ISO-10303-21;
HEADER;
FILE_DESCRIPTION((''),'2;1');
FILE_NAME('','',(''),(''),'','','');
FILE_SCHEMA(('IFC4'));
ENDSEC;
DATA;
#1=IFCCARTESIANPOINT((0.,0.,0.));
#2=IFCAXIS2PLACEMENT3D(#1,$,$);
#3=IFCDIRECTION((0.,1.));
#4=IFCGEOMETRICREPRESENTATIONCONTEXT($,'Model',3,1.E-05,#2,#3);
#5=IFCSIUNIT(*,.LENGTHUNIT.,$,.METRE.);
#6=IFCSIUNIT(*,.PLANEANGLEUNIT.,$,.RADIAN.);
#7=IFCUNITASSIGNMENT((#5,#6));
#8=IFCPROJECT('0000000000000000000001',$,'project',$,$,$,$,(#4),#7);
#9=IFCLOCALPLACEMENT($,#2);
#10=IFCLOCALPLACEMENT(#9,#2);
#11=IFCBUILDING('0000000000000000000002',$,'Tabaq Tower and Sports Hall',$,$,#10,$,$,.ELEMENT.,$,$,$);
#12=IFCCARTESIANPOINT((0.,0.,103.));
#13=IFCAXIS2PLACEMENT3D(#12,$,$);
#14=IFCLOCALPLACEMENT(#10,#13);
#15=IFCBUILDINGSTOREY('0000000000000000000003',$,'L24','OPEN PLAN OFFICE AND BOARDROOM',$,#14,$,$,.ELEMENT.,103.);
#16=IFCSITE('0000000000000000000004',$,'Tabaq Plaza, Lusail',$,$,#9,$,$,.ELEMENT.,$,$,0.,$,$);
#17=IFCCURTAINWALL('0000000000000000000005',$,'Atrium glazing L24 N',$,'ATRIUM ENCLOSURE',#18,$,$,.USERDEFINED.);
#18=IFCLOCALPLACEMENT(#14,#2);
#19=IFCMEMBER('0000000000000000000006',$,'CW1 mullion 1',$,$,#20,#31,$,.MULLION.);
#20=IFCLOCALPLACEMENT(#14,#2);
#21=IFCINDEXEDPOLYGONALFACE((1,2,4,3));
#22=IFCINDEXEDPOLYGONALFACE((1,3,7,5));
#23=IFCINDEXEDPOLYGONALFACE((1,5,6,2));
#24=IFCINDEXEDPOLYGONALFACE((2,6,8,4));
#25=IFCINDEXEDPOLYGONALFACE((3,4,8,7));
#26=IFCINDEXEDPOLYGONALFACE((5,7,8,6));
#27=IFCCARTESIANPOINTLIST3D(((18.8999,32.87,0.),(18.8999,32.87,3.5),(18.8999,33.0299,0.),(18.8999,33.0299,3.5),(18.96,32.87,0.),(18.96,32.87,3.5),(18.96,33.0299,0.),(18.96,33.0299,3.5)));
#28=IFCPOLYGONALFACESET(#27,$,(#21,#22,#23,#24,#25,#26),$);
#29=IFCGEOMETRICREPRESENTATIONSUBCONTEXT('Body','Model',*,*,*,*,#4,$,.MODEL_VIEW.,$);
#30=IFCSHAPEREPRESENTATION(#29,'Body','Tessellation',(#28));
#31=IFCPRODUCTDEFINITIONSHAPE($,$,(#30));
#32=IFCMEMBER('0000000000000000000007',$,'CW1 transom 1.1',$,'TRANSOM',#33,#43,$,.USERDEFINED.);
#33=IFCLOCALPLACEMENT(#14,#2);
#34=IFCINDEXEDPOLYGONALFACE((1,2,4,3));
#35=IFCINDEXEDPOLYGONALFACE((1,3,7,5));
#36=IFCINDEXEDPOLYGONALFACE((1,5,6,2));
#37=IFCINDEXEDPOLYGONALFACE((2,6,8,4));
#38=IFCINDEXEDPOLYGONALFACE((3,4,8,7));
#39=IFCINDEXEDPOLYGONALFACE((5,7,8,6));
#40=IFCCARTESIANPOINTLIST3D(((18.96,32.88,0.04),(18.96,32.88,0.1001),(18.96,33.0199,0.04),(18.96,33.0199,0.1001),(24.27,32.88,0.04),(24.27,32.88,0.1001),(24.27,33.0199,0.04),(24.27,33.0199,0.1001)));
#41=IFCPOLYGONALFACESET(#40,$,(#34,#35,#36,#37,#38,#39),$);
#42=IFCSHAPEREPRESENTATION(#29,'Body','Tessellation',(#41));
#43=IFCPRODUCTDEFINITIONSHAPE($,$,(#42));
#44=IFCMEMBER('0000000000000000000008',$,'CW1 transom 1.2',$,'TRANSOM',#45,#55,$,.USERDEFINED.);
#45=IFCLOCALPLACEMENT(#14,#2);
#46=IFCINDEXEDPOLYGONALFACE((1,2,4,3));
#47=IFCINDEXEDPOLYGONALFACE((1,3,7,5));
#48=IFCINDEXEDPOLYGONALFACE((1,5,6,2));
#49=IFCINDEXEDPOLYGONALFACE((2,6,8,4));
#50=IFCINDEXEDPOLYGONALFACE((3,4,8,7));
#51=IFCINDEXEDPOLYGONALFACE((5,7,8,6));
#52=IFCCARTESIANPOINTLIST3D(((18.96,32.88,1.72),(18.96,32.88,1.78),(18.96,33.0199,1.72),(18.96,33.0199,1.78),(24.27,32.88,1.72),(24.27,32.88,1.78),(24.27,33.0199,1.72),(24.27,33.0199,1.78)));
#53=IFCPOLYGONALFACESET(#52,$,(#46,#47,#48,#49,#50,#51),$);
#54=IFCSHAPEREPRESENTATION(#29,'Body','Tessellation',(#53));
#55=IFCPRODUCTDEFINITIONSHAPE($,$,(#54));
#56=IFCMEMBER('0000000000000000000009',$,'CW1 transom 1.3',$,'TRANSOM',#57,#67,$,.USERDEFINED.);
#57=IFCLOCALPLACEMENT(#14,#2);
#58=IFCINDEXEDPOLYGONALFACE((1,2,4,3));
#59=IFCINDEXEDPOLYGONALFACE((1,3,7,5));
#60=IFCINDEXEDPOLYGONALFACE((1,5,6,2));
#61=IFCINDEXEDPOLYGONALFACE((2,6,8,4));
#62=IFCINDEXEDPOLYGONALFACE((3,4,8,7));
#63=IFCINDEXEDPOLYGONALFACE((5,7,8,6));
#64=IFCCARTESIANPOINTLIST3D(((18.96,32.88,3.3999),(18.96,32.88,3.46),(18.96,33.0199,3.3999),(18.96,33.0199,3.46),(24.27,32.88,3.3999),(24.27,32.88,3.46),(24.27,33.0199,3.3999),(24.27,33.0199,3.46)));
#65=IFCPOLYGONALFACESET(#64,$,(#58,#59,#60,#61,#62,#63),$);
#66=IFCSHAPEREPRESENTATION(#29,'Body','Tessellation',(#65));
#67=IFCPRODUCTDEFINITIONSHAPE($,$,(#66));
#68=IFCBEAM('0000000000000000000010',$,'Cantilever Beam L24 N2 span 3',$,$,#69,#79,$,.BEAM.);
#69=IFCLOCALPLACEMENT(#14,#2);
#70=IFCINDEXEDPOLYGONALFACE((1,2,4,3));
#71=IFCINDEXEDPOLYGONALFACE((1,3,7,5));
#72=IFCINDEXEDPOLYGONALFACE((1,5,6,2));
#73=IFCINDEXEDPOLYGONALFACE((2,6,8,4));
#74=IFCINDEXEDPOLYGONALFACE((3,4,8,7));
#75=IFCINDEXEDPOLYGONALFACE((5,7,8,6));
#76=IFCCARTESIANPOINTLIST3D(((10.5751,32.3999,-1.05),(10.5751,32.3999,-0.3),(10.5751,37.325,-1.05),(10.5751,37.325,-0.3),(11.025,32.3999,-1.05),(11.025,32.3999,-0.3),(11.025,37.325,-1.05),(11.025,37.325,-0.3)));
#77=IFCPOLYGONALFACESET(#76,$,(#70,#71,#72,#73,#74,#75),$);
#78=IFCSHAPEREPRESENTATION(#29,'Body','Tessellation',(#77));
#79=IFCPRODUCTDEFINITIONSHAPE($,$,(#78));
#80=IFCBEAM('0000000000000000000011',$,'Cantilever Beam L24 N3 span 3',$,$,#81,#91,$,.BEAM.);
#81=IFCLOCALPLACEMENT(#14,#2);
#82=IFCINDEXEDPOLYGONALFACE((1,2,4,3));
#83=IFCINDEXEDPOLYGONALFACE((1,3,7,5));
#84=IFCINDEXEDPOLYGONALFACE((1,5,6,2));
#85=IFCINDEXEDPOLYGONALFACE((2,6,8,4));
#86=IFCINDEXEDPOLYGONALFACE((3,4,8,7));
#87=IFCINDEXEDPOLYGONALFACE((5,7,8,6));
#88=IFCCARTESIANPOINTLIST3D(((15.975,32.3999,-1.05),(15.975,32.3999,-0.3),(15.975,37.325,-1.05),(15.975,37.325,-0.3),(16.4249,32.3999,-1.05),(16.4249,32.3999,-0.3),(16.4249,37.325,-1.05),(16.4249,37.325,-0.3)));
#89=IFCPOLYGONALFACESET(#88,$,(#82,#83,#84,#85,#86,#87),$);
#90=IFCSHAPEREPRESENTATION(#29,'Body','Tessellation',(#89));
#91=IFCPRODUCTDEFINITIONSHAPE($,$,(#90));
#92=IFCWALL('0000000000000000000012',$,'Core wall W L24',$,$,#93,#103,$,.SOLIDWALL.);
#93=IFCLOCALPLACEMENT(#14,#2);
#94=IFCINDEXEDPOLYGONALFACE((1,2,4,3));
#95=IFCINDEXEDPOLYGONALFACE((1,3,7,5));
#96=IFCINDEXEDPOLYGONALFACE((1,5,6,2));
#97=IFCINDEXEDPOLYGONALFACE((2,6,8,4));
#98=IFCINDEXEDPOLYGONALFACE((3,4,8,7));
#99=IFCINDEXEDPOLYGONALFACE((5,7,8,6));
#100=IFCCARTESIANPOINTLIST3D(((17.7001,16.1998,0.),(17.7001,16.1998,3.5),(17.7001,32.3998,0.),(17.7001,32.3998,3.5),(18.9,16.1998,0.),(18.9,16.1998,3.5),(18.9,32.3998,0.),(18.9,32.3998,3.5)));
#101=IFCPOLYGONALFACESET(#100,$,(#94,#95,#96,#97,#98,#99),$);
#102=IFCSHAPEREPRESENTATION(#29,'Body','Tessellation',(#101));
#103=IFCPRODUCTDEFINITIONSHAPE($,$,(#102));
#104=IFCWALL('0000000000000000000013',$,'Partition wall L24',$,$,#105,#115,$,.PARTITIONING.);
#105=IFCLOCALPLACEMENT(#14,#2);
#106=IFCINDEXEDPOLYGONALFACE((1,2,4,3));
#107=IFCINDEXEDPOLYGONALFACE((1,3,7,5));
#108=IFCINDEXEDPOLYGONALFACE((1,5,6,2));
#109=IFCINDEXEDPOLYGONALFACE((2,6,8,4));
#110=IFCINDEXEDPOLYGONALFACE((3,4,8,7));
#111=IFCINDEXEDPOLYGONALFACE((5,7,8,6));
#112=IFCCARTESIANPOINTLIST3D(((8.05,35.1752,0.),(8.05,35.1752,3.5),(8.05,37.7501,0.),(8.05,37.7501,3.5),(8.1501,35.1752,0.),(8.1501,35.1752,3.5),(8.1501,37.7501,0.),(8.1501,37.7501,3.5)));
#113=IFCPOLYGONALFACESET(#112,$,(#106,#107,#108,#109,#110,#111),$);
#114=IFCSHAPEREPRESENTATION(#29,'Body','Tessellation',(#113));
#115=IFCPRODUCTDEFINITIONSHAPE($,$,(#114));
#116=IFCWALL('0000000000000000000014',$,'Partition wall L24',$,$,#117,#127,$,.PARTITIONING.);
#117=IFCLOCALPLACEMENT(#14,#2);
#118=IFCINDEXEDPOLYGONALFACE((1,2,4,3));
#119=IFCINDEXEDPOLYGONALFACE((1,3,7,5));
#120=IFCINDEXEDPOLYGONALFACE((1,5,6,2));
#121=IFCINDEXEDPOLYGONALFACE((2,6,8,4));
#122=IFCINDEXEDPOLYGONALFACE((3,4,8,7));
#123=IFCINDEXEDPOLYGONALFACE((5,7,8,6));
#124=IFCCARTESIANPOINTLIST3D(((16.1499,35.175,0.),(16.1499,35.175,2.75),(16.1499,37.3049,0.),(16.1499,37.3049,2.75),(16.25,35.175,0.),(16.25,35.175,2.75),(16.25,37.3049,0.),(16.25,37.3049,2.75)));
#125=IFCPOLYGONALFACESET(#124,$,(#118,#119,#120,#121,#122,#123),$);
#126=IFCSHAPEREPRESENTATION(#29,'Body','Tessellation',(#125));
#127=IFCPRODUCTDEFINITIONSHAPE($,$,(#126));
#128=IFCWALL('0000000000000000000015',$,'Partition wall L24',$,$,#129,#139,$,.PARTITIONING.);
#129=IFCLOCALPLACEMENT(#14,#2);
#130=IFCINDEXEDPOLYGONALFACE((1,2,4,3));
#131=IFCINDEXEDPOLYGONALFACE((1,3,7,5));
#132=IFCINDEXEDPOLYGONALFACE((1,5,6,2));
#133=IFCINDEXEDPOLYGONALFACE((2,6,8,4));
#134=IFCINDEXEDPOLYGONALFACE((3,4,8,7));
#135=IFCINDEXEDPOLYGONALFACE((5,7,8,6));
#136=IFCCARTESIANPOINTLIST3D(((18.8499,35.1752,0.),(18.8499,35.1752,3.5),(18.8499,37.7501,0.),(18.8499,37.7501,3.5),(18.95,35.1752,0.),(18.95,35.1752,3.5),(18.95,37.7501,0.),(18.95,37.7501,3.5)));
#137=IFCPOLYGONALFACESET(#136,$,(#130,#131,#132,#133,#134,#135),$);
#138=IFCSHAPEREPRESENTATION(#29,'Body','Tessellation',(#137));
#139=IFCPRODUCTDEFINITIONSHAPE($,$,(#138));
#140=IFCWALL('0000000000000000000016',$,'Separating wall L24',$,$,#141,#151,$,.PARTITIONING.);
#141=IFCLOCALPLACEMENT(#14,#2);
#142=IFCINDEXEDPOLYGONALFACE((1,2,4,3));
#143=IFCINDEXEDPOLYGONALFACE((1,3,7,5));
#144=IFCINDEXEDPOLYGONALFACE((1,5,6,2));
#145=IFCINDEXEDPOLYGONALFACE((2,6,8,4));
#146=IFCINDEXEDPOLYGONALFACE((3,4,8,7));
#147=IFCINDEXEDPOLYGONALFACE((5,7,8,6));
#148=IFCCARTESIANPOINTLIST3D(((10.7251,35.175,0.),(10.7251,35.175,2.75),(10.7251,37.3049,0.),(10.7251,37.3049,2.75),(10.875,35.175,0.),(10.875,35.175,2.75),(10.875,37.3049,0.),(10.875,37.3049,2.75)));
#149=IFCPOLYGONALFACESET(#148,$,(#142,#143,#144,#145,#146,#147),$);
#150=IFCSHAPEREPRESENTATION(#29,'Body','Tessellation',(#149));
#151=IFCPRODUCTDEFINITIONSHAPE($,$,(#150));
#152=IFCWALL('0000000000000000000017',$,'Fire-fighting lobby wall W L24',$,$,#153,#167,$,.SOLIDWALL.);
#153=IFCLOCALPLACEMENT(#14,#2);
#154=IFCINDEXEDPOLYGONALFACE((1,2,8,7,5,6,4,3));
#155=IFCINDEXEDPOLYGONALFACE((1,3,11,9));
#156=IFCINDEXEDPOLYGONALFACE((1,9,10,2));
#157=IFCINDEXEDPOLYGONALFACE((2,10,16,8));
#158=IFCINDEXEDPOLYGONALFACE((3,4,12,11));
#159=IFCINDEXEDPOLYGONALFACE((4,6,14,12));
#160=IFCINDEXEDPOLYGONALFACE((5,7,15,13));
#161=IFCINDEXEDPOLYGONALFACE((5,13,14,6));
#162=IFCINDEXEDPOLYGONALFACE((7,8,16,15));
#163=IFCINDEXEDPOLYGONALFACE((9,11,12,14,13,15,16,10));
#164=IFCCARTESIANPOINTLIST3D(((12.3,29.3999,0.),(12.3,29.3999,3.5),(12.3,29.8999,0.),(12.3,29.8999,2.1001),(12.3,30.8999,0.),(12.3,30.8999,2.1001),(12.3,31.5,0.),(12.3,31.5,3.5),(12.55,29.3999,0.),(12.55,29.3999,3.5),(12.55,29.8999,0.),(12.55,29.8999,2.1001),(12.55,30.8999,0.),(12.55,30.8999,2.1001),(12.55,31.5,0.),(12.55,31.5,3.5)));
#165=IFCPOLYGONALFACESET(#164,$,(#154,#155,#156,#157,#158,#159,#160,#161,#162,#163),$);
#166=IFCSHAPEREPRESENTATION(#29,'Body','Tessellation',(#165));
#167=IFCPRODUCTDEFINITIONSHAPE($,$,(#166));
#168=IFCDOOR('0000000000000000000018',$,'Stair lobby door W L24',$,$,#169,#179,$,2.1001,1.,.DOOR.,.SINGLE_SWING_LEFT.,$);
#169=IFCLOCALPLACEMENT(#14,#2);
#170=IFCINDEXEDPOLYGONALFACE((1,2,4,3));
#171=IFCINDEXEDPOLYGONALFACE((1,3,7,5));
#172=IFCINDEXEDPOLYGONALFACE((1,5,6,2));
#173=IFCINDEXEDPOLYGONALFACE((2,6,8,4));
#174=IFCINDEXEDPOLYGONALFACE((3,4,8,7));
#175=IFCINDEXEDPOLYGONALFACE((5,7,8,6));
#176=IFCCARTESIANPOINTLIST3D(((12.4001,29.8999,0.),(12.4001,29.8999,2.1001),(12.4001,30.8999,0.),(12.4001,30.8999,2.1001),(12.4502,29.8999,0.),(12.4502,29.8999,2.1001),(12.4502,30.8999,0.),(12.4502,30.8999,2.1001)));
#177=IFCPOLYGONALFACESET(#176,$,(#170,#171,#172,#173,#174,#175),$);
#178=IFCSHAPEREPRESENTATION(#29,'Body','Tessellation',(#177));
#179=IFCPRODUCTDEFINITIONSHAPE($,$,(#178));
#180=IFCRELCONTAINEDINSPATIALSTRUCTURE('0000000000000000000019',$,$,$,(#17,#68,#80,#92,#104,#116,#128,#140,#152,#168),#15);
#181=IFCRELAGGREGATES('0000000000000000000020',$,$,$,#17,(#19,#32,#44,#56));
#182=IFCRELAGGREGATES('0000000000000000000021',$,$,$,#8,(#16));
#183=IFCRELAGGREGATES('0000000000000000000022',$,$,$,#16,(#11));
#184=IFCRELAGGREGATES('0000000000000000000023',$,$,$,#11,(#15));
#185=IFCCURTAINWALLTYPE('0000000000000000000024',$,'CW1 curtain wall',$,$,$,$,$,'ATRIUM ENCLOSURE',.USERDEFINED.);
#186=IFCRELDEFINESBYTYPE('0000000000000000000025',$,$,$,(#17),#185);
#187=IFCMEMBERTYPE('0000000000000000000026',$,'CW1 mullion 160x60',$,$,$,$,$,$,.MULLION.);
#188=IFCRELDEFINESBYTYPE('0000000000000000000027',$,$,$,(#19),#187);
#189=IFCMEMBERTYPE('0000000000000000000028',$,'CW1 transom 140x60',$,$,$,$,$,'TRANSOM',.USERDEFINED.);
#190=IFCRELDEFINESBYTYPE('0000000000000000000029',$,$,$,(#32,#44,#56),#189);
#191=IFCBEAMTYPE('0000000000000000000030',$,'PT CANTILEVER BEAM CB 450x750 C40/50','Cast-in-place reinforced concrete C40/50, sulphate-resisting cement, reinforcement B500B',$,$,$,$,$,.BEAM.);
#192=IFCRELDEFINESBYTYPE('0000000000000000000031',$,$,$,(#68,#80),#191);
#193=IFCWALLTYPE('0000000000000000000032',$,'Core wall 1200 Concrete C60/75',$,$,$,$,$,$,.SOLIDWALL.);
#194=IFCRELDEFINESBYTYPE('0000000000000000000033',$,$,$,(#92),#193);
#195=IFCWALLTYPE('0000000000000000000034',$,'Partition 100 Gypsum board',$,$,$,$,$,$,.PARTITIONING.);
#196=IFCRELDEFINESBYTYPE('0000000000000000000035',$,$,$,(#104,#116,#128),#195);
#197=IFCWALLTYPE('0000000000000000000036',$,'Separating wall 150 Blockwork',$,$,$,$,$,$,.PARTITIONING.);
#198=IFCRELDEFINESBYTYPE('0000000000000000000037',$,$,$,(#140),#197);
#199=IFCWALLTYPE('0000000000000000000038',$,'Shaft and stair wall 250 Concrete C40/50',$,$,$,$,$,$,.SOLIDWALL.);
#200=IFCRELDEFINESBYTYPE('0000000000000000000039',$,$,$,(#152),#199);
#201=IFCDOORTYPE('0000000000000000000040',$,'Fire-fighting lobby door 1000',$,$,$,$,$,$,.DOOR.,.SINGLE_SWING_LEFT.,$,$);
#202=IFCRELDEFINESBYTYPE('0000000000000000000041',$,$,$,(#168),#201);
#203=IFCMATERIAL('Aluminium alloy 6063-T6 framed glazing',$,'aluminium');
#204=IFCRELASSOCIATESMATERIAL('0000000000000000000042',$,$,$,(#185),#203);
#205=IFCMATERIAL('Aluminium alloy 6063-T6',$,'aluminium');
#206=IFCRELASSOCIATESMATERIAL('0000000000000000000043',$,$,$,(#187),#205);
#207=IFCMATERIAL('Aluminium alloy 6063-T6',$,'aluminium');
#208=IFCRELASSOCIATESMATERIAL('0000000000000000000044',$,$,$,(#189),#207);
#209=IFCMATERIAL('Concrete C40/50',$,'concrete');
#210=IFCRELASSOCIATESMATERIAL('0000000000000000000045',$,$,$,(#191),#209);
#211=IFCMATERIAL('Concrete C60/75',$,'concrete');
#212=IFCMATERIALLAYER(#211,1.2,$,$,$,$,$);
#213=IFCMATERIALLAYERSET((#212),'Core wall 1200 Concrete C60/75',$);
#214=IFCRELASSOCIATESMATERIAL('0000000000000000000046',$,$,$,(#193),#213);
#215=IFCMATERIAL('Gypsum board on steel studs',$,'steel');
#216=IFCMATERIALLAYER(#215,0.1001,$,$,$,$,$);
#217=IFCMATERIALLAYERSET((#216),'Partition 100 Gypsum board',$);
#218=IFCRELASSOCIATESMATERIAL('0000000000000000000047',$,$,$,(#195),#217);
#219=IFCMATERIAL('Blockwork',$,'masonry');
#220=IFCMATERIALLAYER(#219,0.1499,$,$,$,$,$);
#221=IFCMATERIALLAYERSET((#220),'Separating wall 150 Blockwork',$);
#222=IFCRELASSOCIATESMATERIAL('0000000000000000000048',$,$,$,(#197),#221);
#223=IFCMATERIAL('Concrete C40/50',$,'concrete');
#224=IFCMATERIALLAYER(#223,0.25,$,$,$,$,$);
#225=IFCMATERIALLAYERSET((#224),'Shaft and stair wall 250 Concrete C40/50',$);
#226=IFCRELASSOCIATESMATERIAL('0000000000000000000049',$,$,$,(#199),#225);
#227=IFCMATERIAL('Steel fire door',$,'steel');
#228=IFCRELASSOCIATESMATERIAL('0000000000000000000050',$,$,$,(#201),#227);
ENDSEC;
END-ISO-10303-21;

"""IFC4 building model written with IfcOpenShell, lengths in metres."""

from ifc_helpers import new_model, si_unit, direction, frame, frame_2d, origin, origin_2d, place, context, subcontext, project, spatial, rectangle, extrude, material, layer, layer_set, material_profile, profile_set, type_object, element, fill, aggregate, save


model = new_model("IFC4")

# Units and contexts
model_context = context("Model", 3, precision=1e-05, world=origin(), true_north=direction((0.0, 1.0)))
body_context = subcontext(model_context, "Body", "Model", "MODEL_VIEW")
ifc_project = project(units=[si_unit("LENGTHUNIT", "METRE"), si_unit("PLANEANGLEUNIT", "RADIAN")], contexts=[model_context])

# Site, building, storey
site_placement = place(None, origin())
site = spatial("IfcSite", under=ifc_project, at=site_placement, Name="Tabaq Plaza, Lusail", CompositionType="ELEMENT", RefElevation=0.0)
building_placement = place(site_placement, origin())
building = spatial("IfcBuilding", under=site, at=building_placement, Name="Tabaq Tower and Sports Hall", CompositionType="ELEMENT")
storey_placement = place(building_placement, frame((0.0, 0.0, 103.0)))
storey = spatial("IfcBuildingStorey", under=building, at=storey_placement, Name="L24", Description="OPEN PLAN OFFICE AND BOARDROOM", CompositionType="ELEMENT", Elevation=103.0)

# Curtain wall, members
ifc_material_1 = material(Name="Aluminium alloy 6063-T6 framed glazing", Category="aluminium")
curtain_wall_type = type_object("IfcCurtainWallType", Name="CW1 curtain wall", ElementType="ATRIUM ENCLOSURE", PredefinedType="USERDEFINED", material=ifc_material_1)
curtain_wall_placement = place(storey_placement, origin())
curtain_wall = element("IfcCurtainWall", 1, at=curtain_wall_placement, inside=storey, type_object=curtain_wall_type, Name="Atrium glazing L24 N", ObjectType="ATRIUM ENCLOSURE", PredefinedType="USERDEFINED")
ifc_material_2 = material(Name="Aluminium alloy 6063-T6", Category="aluminium")
ifc_material_profile_1 = material_profile(ifc_material_2, rectangle(XDim=0.1599, YDim=0.0601, at=origin_2d()), Name="MULLION 160x60")
ifc_profile_set_1 = profile_set([ifc_material_profile_1], Name="Aluminium alloy 6063-T6")
member_type_1 = type_object("IfcMemberType", Name="CW1 mullion 160x60", PredefinedType="MULLION", material=ifc_profile_set_1)
member_1_placement = place(storey_placement, frame((18.9299, 32.95, 0.0), z_axis=(0.0, 0.0, 1.0), x_axis=(0.0, 1.0, 0.0)))
member_1 = element("IfcMember", 2, at=member_1_placement, type_object=member_type_1, Name="CW1 mullion 1", PredefinedType="MULLION", context=body_context, shape_type="SweptSolid", body=[
    extrude(rectangle(XDim=0.1599, YDim=0.0601, at=origin_2d()), origin(), (0.0, 0.0, 1.0), 3.5),
])
ifc_material_3 = material(Name="Aluminium alloy 6063-T6", Category="aluminium")
ifc_material_profile_2 = material_profile(ifc_material_3, rectangle(XDim=0.1399, YDim=0.0601, at=origin_2d()), Name="TRANSOM 140x60")
ifc_profile_set_2 = profile_set([ifc_material_profile_2], Name="Aluminium alloy 6063-T6")
member_type_2 = type_object("IfcMemberType", Name="CW1 transom 140x60", ElementType="TRANSOM", PredefinedType="USERDEFINED", material=ifc_profile_set_2)
member_2_placement = place(storey_placement, frame((18.96, 32.95, 0.0701), z_axis=(1.0, 0.0, 0.0), x_axis=(0.0, 1.0, 0.0)))
member_2 = element("IfcMember", 3, at=member_2_placement, type_object=member_type_2, Name="CW1 transom 1.1", ObjectType="TRANSOM", PredefinedType="USERDEFINED", context=body_context, shape_type="SweptSolid", body=[
    extrude(rectangle(XDim=0.1399, YDim=0.0601, at=origin_2d()), origin(), (0.0, 0.0, 1.0), 5.3101),
])
member_3_placement = place(storey_placement, frame((18.96, 32.95, 1.75), z_axis=(1.0, 0.0, 0.0), x_axis=(0.0, 1.0, 0.0)))
member_3 = element("IfcMember", 4, at=member_3_placement, type_object=member_type_2, Name="CW1 transom 1.2", ObjectType="TRANSOM", PredefinedType="USERDEFINED", context=body_context, shape_type="SweptSolid", body=[
    extrude(rectangle(XDim=0.1399, YDim=0.0601, at=origin_2d()), origin(), (0.0, 0.0, 1.0), 5.3101),
])
member_4_placement = place(storey_placement, frame((18.96, 32.95, 3.4299), z_axis=(1.0, 0.0, 0.0), x_axis=(0.0, 1.0, 0.0)))
member_4 = element("IfcMember", 5, at=member_4_placement, type_object=member_type_2, Name="CW1 transom 1.3", ObjectType="TRANSOM", PredefinedType="USERDEFINED", context=body_context, shape_type="SweptSolid", body=[
    extrude(rectangle(XDim=0.1399, YDim=0.0601, at=origin_2d()), origin(), (0.0, 0.0, 1.0), 5.3101),
])
aggregate(curtain_wall, [member_1, member_2, member_3, member_4])

# Beams
ifc_material_4 = material(Name="Concrete C40/50", Category="concrete")
ifc_material_profile_3 = material_profile(ifc_material_4, rectangle(XDim=0.45, YDim=0.75, at=origin_2d()), Name="CB 450x750")
ifc_profile_set_3 = profile_set([ifc_material_profile_3], Name="Concrete C40/50")
beam_type = type_object("IfcBeamType", Name="PT CANTILEVER BEAM CB 450x750 C40/50", Description="Cast-in-place reinforced concrete C40/50, sulphate-resisting cement, reinforcement B500B", PredefinedType="BEAM", material=ifc_profile_set_3)
for number, where, z_axis, x_axis, name in (
    (6, (10.8, 37.325, -0.675), (0.0, -1.0, 0.0), (1.0, 0.0, 0.0), "Cantilever Beam L24 N2 span 3"),
    (7, (16.2, 37.325, -0.675), (0.0, -1.0, 0.0), (1.0, 0.0, 0.0), "Cantilever Beam L24 N3 span 3"),
):
    element("IfcBeam", number, at=place(storey_placement, frame(where, z_axis=z_axis, x_axis=x_axis)), inside=storey, type_object=beam_type, Name=name, PredefinedType="BEAM", context=body_context, shape_type="SweptSolid", body=[
        extrude(rectangle(XDim=0.45, YDim=0.75, at=origin_2d()), origin(), (0.0, 0.0, 1.0), 4.925),
    ])

# Walls
ifc_material_5 = material(Name="Concrete C60/75", Category="concrete")
ifc_layer_1 = layer(ifc_material_5, 1.2)
ifc_layer_set_1 = layer_set([ifc_layer_1], Name="Core wall 1200 Concrete C60/75")
wall_type_1 = type_object("IfcWallType", Name="Core wall 1200 Concrete C60/75", PredefinedType="SOLIDWALL", material=ifc_layer_set_1)
wall_1_placement = place(storey_placement, frame((18.3, 32.3999, 0.0), z_axis=(0.0, 0.0, 1.0), x_axis=(0.0, -1.0, 0.0)))
element("IfcWall", 8, at=wall_1_placement, inside=storey, type_object=wall_type_1, Name="Core wall W L24", PredefinedType="SOLIDWALL", context=body_context, shape_type="SweptSolid", body=[
    extrude(rectangle(XDim=16.2, YDim=1.2, at=frame_2d((8.1001, 0.0))), origin(), (0.0, 0.0, 1.0), 3.5),
])
ifc_material_6 = material(Name="Gypsum board on steel studs", Category="steel")
ifc_layer_2 = layer(ifc_material_6, 0.1001)
ifc_layer_set_2 = layer_set([ifc_layer_2], Name="Partition 100 Gypsum board")
wall_type_2 = type_object("IfcWallType", Name="Partition 100 Gypsum board", PredefinedType="PARTITIONING", material=ifc_layer_set_2)
wall_2_placement = place(storey_placement, frame((8.1001, 35.175, 0.0), z_axis=(0.0, 0.0, 1.0), x_axis=(0.0, 1.0, 0.0)))
element("IfcWall", 9, at=wall_2_placement, inside=storey, type_object=wall_type_2, Name="Partition wall L24", PredefinedType="PARTITIONING", context=body_context, shape_type="SweptSolid", body=[
    extrude(rectangle(XDim=2.575, YDim=0.1001, at=frame_2d((1.2876, 0.0))), origin(), (0.0, 0.0, 1.0), 3.5),
])
wall_3_placement = place(storey_placement, frame((16.2, 35.175, 0.0), z_axis=(0.0, 0.0, 1.0), x_axis=(0.0, 1.0, 0.0)))
element("IfcWall", 10, at=wall_3_placement, inside=storey, type_object=wall_type_2, Name="Partition wall L24", PredefinedType="PARTITIONING", context=body_context, shape_type="SweptSolid", body=[
    extrude(rectangle(XDim=2.1299, YDim=0.1001, at=frame_2d((1.0649, 0.0))), origin(), (0.0, 0.0, 1.0), 2.75),
])
wall_4_placement = place(storey_placement, frame((18.8999, 35.175, 0.0), z_axis=(0.0, 0.0, 1.0), x_axis=(0.0, 1.0, 0.0)))
element("IfcWall", 11, at=wall_4_placement, inside=storey, type_object=wall_type_2, Name="Partition wall L24", PredefinedType="PARTITIONING", context=body_context, shape_type="SweptSolid", body=[
    extrude(rectangle(XDim=2.575, YDim=0.1001, at=frame_2d((1.2876, 0.0))), origin(), (0.0, 0.0, 1.0), 3.5),
])
ifc_material_7 = material(Name="Blockwork", Category="masonry")
ifc_layer_3 = layer(ifc_material_7, 0.1499)
ifc_layer_set_3 = layer_set([ifc_layer_3], Name="Separating wall 150 Blockwork")
wall_type_3 = type_object("IfcWallType", Name="Separating wall 150 Blockwork", PredefinedType="PARTITIONING", material=ifc_layer_set_3)
wall_5_placement = place(storey_placement, frame((10.8, 35.175, 0.0), z_axis=(0.0, 0.0, 1.0), x_axis=(0.0, 1.0, 0.0)))
element("IfcWall", 12, at=wall_5_placement, inside=storey, type_object=wall_type_3, Name="Separating wall L24", PredefinedType="PARTITIONING", context=body_context, shape_type="SweptSolid", body=[
    extrude(rectangle(XDim=2.1299, YDim=0.1499, at=frame_2d((1.0649, 0.0))), origin(), (0.0, 0.0, 1.0), 2.75),
])

# Wall, opening, door
ifc_material_8 = material(Name="Concrete C40/50", Category="concrete")
ifc_layer_4 = layer(ifc_material_8, 0.25)
ifc_layer_set_4 = layer_set([ifc_layer_4], Name="Shaft and stair wall 250 Concrete C40/50")
wall_type_4 = type_object("IfcWallType", Name="Shaft and stair wall 250 Concrete C40/50", PredefinedType="SOLIDWALL", material=ifc_layer_set_4)
wall_6_placement = place(storey_placement, frame((12.425, 29.3999, 0.0), z_axis=(0.0, 0.0, 1.0), x_axis=(0.0, 1.0, 0.0)))
wall_6 = element("IfcWall", 13, at=wall_6_placement, inside=storey, type_object=wall_type_4, Name="Fire-fighting lobby wall W L24", PredefinedType="SOLIDWALL", context=body_context, shape_type="SweptSolid", body=[
    extrude(rectangle(XDim=2.1001, YDim=0.25, at=frame_2d((1.05, 0.0))), origin(), (0.0, 0.0, 1.0), 3.5),
])
opening_placement = place(wall_6_placement, frame((0.5, 0.0, 0.0)))
opening = element("IfcOpeningElement", 14, at=opening_placement, cuts=wall_6, PredefinedType="OPENING", context=body_context, shape_type="SweptSolid", body=[
    extrude(rectangle(XDim=1.0, YDim=2.1001, at=frame_2d((0.5, 1.05))), frame((0.0, 0.125, 0.0), z_axis=(0.0, -1.0, 0.0), x_axis=(1.0, 0.0, 0.0)), (0.0, 0.0, 1.0), 0.25),
])
ifc_material_9 = material(Name="Steel fire door", Category="steel")
door_type = type_object("IfcDoorType", Name="Fire-fighting lobby door 1000", OperationType="SINGLE_SWING_LEFT", PredefinedType="DOOR", material=ifc_material_9)
door_placement = place(opening_placement, origin())
door = element("IfcDoor", 15, at=door_placement, inside=storey, type_object=door_type, Name="Stair lobby door W L24", OperationType="SINGLE_SWING_LEFT", OverallHeight=2.1001, OverallWidth=1.0, PredefinedType="DOOR", context=body_context, shape_type="SweptSolid", body=[
    extrude(rectangle(XDim=1.0, YDim=2.1001, at=frame_2d((0.5, 1.05))), frame((0.0, 0.0249, 0.0), z_axis=(0.0, -1.0, 0.0), x_axis=(1.0, 0.0, 0.0)), (0.0, 0.0, 1.0), 0.05),
])
fill(opening, door)

save(model, "model.ifc")
